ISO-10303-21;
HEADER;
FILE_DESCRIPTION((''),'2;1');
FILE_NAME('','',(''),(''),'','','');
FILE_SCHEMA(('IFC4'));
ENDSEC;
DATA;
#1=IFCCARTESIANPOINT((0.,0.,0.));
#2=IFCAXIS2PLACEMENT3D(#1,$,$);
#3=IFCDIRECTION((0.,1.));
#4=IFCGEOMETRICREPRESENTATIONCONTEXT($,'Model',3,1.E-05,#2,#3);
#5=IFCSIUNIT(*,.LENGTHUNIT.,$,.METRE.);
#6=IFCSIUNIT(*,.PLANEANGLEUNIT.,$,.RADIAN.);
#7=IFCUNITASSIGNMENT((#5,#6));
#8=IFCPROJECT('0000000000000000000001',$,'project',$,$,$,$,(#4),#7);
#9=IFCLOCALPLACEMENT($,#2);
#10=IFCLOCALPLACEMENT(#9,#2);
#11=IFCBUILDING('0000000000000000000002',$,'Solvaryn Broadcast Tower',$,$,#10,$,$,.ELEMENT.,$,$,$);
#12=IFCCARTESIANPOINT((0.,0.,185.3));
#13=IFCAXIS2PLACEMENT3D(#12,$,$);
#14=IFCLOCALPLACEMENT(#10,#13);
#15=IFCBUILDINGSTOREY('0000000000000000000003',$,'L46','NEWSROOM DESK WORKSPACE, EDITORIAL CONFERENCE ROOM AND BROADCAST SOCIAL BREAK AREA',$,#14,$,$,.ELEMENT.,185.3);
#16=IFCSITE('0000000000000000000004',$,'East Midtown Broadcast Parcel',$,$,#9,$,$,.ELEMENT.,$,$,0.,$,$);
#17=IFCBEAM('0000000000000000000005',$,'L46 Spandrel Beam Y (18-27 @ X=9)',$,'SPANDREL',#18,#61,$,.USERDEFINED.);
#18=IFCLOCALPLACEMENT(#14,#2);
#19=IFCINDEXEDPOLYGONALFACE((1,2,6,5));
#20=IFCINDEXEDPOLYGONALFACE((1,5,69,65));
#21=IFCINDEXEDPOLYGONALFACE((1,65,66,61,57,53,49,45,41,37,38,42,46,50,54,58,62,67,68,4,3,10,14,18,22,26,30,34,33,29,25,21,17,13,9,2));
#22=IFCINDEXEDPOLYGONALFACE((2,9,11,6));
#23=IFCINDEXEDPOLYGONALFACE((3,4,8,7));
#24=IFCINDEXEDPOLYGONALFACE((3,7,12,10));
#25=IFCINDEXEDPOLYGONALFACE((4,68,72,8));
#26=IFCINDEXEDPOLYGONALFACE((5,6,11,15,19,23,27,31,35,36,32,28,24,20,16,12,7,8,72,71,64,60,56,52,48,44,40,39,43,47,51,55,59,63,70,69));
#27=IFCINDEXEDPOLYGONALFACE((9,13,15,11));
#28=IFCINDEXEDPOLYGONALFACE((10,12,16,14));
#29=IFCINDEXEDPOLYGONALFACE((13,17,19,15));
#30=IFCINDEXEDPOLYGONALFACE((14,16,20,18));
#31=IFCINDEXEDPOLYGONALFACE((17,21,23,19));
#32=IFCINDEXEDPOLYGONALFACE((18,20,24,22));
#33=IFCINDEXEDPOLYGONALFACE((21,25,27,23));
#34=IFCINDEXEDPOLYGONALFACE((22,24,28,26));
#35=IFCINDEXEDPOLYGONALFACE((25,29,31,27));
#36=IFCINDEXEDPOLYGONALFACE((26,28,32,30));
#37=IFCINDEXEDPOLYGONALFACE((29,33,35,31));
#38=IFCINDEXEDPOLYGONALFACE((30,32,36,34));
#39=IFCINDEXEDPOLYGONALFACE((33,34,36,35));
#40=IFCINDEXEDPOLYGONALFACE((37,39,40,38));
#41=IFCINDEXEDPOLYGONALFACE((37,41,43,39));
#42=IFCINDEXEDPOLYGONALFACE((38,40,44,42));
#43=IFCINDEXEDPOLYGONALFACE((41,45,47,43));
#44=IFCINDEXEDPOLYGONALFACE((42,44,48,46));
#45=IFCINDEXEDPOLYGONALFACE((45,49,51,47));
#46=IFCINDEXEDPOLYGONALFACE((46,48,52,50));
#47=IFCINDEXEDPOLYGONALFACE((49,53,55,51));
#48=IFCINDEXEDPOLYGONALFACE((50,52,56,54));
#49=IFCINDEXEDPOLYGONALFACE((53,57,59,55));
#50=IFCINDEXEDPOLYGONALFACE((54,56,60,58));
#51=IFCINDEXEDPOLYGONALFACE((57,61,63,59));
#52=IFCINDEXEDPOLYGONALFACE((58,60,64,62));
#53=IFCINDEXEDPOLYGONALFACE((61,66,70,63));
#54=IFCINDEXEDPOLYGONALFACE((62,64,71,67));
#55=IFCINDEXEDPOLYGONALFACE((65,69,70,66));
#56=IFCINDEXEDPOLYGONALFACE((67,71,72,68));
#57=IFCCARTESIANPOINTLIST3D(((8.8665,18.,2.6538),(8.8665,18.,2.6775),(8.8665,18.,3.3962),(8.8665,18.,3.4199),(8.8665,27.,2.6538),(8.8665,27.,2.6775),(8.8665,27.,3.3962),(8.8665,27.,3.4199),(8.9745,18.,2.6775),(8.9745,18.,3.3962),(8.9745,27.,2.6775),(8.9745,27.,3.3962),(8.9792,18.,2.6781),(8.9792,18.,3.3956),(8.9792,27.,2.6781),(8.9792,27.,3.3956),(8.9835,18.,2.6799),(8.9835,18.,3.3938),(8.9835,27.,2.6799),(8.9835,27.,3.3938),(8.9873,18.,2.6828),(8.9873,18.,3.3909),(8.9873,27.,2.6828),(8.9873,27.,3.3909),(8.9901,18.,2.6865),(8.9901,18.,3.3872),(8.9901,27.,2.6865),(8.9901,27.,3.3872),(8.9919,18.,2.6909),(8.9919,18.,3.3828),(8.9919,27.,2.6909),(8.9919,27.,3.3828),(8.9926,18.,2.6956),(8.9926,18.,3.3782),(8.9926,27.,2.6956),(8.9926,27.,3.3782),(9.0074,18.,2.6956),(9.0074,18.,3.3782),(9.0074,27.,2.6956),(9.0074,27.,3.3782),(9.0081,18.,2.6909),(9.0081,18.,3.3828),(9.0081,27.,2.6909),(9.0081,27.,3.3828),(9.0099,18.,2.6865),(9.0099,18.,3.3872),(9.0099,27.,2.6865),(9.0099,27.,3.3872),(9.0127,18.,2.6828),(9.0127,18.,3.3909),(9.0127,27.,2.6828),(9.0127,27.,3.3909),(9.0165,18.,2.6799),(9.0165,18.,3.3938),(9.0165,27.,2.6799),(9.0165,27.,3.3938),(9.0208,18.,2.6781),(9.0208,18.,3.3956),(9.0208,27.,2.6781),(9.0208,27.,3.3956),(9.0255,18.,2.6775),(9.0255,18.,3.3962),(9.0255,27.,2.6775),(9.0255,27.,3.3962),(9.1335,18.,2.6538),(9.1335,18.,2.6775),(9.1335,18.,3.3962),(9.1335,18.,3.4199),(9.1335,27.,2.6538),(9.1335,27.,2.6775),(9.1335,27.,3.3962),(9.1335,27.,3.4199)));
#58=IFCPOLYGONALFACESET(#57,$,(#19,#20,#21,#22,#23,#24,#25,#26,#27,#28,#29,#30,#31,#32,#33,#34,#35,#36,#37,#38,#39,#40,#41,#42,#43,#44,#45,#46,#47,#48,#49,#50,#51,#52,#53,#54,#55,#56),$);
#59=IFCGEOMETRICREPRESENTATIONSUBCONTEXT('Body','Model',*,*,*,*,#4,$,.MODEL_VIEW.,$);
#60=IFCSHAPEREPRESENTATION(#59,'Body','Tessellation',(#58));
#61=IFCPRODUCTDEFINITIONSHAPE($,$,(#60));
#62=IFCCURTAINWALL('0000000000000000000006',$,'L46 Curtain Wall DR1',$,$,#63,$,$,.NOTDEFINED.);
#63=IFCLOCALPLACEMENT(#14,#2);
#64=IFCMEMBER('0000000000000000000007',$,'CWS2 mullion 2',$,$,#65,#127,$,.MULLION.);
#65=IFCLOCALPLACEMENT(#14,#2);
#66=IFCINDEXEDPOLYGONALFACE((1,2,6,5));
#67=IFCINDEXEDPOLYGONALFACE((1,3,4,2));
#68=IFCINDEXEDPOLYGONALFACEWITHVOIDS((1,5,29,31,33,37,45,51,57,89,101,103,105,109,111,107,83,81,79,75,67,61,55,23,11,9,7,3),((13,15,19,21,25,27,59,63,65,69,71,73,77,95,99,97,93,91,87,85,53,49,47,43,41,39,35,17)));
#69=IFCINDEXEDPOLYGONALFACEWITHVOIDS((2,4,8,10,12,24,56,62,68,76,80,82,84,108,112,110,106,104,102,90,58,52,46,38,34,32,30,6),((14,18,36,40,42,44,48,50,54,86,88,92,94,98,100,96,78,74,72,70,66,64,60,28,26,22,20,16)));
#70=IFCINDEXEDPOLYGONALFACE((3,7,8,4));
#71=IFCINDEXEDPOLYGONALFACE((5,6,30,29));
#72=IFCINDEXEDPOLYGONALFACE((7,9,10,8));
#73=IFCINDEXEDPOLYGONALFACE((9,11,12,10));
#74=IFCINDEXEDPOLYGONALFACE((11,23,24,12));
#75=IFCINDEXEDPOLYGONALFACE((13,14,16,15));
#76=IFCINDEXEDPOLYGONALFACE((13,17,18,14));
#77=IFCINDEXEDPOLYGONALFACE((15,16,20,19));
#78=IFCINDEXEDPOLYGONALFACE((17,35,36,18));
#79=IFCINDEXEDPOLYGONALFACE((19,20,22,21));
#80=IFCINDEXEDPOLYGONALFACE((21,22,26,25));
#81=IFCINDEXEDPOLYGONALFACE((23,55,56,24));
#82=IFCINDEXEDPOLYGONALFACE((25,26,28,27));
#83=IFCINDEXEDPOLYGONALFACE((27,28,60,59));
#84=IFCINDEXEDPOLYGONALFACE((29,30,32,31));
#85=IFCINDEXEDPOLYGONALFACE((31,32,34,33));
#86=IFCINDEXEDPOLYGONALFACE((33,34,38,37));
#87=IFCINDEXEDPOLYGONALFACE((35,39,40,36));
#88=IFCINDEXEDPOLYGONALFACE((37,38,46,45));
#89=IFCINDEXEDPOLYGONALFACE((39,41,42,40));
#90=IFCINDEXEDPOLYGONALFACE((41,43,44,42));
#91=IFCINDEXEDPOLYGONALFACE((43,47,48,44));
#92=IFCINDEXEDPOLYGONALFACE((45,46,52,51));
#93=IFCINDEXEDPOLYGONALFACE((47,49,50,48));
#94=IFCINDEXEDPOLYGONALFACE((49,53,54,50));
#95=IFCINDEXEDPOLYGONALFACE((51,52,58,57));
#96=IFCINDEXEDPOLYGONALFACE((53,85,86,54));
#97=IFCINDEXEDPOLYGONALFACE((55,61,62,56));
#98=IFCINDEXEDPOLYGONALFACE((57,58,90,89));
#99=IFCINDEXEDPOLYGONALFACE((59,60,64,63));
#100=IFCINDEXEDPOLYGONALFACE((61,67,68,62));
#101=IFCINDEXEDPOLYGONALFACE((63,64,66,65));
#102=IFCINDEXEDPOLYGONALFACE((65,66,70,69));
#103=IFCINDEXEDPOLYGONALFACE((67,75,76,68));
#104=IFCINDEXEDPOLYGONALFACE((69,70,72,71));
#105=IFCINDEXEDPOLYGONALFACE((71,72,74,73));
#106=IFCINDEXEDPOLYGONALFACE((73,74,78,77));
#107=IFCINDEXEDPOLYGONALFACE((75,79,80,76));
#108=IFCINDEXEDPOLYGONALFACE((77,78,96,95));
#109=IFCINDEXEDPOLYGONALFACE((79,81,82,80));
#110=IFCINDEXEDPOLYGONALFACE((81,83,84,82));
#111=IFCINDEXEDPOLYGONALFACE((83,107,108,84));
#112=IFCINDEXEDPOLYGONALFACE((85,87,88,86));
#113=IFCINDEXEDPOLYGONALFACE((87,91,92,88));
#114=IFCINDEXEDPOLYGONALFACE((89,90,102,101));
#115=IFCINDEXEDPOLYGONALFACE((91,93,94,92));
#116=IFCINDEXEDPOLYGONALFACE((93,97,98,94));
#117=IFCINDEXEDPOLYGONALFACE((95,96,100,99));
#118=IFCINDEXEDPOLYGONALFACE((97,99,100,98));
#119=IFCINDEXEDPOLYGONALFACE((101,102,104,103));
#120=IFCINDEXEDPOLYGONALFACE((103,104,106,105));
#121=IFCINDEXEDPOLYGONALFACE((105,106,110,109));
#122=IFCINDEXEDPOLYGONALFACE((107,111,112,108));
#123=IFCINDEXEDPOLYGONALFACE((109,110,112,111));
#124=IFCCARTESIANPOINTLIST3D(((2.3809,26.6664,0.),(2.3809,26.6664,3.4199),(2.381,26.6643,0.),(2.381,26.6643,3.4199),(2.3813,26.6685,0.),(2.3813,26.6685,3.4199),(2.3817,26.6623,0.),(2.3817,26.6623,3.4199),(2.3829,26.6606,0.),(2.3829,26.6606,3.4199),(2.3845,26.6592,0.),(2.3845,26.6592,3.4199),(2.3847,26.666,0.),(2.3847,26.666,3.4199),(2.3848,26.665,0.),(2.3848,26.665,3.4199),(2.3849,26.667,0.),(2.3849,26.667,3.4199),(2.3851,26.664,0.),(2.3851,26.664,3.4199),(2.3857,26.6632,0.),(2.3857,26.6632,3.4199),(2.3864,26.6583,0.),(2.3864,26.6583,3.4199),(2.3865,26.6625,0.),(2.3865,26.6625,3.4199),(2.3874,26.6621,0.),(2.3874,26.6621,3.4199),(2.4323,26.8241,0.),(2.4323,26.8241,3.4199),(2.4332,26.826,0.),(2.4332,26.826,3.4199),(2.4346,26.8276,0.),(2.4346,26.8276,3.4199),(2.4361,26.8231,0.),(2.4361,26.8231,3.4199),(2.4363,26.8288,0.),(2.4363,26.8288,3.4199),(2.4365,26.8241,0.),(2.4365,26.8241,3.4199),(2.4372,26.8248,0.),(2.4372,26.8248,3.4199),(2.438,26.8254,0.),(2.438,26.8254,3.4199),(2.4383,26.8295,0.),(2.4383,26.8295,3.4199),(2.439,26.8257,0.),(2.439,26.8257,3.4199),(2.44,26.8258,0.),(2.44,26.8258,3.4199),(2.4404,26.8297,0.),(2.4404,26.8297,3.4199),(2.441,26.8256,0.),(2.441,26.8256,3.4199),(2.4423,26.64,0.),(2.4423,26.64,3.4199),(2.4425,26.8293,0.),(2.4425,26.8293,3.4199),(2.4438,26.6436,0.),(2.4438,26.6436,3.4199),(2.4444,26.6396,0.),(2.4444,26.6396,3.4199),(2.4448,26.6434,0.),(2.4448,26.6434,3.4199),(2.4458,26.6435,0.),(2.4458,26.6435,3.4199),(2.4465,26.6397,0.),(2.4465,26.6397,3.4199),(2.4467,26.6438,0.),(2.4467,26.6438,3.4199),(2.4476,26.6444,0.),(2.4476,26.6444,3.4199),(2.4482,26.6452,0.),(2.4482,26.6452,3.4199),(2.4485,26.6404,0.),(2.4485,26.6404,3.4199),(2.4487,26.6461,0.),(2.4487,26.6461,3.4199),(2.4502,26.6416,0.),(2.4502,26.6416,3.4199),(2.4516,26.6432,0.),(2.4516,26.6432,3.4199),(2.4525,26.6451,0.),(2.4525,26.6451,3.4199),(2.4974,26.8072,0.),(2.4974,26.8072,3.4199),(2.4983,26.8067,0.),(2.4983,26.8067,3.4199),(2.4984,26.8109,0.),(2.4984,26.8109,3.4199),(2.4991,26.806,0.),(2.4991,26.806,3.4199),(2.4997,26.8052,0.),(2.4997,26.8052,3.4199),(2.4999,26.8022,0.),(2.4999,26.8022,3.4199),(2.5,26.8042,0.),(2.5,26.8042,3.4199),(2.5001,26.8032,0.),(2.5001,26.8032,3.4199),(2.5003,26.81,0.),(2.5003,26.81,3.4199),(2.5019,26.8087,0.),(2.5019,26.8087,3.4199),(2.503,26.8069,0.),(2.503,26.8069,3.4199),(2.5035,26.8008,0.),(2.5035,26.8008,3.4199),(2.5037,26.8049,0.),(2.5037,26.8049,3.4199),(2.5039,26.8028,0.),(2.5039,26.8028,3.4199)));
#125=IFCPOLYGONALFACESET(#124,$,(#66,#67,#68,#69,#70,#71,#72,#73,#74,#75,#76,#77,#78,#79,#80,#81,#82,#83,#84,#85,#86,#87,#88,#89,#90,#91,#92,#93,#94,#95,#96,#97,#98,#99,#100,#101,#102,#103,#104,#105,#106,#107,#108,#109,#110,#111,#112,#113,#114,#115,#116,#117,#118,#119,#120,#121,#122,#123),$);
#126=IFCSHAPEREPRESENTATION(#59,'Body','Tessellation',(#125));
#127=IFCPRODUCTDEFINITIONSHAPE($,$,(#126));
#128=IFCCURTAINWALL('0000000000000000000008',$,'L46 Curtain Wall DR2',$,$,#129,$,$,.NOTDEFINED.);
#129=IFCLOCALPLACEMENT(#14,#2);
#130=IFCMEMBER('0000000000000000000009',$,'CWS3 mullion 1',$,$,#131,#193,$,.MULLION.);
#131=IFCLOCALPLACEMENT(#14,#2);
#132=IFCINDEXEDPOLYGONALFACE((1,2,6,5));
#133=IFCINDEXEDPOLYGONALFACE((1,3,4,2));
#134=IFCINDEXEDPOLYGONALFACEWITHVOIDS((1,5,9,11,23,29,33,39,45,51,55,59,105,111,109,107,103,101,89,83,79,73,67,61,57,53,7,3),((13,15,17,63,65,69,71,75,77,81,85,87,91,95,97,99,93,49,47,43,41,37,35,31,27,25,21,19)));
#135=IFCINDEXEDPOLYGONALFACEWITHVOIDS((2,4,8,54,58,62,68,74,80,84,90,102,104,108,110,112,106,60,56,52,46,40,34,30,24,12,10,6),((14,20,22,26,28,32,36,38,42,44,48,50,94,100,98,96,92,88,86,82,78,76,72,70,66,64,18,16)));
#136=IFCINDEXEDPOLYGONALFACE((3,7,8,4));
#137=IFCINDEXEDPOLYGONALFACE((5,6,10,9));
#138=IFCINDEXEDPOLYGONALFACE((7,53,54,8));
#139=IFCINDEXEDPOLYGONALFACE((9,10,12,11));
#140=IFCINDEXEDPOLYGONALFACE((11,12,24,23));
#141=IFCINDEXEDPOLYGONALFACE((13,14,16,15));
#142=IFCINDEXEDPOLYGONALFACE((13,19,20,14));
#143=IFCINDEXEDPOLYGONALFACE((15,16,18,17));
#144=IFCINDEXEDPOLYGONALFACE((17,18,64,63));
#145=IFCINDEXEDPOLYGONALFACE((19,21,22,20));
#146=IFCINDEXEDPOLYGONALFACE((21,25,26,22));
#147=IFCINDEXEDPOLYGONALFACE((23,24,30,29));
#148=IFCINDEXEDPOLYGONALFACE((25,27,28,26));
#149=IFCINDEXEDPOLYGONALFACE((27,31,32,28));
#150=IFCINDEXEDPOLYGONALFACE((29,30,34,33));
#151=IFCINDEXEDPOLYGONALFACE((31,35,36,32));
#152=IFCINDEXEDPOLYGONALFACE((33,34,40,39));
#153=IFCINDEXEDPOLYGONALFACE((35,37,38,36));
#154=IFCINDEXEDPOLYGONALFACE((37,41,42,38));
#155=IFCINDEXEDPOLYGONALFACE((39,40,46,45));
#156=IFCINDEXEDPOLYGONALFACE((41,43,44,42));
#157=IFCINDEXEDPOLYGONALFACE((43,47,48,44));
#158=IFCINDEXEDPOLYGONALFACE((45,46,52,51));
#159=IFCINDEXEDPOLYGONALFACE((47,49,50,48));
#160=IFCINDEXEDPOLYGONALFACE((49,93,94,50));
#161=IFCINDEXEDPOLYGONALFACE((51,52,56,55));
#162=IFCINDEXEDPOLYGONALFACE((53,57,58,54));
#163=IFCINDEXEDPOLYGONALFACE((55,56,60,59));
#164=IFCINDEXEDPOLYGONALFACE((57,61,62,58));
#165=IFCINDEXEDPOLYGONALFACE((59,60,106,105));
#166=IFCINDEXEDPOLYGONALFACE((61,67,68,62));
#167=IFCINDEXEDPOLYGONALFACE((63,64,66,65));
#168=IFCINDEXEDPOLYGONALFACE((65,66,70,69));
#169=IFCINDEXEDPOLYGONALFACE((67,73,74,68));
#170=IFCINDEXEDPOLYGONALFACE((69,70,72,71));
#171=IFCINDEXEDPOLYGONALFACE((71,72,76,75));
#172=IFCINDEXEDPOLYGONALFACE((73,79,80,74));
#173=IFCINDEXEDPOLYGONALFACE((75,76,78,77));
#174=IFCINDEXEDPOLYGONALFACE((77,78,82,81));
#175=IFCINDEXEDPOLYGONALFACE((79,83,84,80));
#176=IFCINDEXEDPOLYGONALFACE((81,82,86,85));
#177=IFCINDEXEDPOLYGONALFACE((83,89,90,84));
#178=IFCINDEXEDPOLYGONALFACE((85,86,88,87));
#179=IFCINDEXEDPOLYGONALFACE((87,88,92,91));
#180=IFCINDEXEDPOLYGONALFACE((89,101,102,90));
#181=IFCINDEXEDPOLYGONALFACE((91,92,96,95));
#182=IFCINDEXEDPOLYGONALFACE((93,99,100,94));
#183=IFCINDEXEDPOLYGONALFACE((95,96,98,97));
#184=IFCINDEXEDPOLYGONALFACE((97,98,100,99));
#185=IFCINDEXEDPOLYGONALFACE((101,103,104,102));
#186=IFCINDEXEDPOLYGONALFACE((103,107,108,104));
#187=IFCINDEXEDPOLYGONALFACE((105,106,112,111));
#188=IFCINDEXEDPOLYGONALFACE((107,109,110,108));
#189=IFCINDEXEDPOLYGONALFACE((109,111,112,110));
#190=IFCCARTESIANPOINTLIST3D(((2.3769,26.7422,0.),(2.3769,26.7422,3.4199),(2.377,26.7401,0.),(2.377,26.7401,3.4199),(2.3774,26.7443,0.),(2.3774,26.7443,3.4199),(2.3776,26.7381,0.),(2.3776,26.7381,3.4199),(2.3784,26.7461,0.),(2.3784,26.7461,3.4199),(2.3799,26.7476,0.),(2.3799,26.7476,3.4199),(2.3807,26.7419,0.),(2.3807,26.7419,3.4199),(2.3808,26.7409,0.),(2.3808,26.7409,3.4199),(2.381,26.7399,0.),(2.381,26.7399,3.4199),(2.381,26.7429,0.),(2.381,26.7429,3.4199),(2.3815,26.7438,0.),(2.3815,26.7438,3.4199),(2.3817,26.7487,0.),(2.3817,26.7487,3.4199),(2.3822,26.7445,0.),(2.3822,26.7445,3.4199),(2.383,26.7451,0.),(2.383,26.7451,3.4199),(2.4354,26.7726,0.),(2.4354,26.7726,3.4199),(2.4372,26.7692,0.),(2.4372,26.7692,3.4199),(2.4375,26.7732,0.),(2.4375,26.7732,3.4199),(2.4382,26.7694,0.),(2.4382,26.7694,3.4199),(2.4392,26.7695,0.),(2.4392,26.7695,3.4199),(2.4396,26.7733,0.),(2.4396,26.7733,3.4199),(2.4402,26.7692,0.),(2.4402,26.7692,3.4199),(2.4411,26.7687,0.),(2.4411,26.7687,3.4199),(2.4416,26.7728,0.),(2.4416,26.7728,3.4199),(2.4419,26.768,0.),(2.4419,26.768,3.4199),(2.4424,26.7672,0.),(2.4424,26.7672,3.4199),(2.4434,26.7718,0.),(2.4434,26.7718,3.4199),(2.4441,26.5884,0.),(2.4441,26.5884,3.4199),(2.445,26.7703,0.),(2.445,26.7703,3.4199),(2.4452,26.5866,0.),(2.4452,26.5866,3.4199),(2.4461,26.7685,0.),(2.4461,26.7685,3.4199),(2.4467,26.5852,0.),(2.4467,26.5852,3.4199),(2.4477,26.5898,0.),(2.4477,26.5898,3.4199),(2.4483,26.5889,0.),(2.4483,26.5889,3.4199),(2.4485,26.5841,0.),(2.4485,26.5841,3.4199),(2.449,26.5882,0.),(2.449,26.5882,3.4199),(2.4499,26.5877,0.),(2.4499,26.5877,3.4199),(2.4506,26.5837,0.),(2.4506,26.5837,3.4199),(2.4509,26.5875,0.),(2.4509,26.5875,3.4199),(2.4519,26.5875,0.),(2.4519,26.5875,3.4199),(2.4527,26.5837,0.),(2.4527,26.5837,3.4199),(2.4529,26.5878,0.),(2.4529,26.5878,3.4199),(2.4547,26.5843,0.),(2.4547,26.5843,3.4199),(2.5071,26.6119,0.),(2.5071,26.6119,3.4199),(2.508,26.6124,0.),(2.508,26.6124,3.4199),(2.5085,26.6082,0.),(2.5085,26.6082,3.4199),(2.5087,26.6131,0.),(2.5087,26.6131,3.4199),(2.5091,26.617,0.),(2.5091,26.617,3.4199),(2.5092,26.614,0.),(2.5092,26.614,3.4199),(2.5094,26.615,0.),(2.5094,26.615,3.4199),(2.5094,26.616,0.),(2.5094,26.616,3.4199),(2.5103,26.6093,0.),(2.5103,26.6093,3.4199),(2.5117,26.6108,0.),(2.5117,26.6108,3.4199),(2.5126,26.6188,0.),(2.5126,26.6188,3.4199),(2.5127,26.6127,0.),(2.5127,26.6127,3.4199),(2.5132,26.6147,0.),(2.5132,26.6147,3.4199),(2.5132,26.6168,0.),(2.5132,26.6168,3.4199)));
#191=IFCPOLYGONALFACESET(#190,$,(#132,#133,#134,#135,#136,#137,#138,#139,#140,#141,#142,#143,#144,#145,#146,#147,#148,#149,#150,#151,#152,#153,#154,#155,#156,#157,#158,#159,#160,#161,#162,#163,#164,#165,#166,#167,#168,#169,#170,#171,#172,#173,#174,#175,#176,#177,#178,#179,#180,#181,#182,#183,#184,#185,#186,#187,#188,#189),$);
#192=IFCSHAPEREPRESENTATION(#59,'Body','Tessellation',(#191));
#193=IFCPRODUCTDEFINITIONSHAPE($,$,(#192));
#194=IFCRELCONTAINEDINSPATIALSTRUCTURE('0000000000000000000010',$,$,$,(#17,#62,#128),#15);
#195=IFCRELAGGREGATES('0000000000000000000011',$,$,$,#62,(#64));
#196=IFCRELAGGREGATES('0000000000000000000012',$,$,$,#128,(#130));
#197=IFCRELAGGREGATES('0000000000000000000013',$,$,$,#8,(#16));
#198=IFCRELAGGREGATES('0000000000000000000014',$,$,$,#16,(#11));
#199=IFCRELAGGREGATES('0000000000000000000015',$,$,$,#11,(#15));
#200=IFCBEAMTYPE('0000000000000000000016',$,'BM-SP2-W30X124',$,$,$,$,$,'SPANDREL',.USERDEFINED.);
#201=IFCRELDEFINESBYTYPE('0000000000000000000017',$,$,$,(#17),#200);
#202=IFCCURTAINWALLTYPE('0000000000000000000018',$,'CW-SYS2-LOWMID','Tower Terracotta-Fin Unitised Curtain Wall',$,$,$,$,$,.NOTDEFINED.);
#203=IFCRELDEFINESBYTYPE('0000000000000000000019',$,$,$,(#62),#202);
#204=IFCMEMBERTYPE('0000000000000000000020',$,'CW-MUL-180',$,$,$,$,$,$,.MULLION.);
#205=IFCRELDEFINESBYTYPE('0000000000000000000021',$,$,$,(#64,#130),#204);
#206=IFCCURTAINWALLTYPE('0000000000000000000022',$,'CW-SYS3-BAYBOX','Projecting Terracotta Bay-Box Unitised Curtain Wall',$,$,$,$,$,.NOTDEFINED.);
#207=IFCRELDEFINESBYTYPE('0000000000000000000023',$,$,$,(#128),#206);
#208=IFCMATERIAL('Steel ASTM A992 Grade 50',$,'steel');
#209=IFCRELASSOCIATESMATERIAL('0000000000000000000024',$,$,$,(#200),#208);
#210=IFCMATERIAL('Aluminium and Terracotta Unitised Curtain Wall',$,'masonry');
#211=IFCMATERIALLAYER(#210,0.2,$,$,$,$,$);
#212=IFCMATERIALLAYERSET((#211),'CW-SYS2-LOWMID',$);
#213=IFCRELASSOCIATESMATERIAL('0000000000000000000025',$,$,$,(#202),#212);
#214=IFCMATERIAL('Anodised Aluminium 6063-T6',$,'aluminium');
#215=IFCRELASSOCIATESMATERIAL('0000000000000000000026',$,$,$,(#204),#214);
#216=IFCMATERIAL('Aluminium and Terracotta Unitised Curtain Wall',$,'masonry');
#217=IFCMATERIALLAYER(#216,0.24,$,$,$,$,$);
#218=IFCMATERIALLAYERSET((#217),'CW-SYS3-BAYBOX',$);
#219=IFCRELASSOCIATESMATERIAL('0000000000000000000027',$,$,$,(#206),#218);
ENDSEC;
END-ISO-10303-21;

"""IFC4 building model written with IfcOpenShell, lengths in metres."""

from ifc_helpers import new_model, si_unit, direction, frame, origin, origin_2d, place, context, subcontext, project, spatial, hollow_rectangle, i_section, extrude, material, layer, layer_set, material_profile, profile_set, type_object, element, aggregate, save


model = new_model("IFC4")

# Units and contexts
model_context = context("Model", 3, precision=1e-05, world=origin(), true_north=direction((0.0, 1.0)))
body_context = subcontext(model_context, "Body", "Model", "MODEL_VIEW")
ifc_project = project(units=[si_unit("LENGTHUNIT", "METRE"), si_unit("PLANEANGLEUNIT", "RADIAN")], contexts=[model_context])

# Site, building, storey
site_placement = place(None, origin())
site = spatial("IfcSite", under=ifc_project, at=site_placement, Name="East Midtown Broadcast Parcel", CompositionType="ELEMENT", RefElevation=0.0)
building_placement = place(site_placement, origin())
building = spatial("IfcBuilding", under=site, at=building_placement, Name="Solvaryn Broadcast Tower", CompositionType="ELEMENT")
storey_placement = place(building_placement, frame((0.0, 0.0, 185.3)))
storey = spatial("IfcBuildingStorey", under=building, at=storey_placement, Name="L46", Description="NEWSROOM DESK WORKSPACE, EDITORIAL CONFERENCE ROOM AND BROADCAST SOCIAL BREAK AREA", CompositionType="ELEMENT", Elevation=185.3)

# Beam
ifc_material_1 = material(Name="Steel ASTM A992 Grade 50", Category="steel")
ifc_material_profile_1 = material_profile(ifc_material_1, i_section(OverallWidth=0.2671, OverallDepth=0.7661, WebThickness=0.0149, FlangeThickness=0.0237, FilletRadius=0.0181, at=origin_2d()))
ifc_profile_set_1 = profile_set([ifc_material_profile_1], Name="Steel ASTM A992 Grade 50")
beam_type_1 = type_object("IfcBeamType", Name="BM-SP2-W30X124", ElementType="SPANDREL", PredefinedType="USERDEFINED", material=ifc_profile_set_1)
beam_placement = place(storey_placement, frame((9.0, 18.0, 3.0369), z_axis=(0.0, 1.0, 0.0), x_axis=(-1.0, 0.0, 0.0)))
element("IfcBeam", 1, at=beam_placement, inside=storey, type_object=beam_type_1, Name="L46 Spandrel Beam Y (18-27 @ X=9)", ObjectType="SPANDREL", PredefinedType="USERDEFINED", context=body_context, shape_type="SweptSolid", body=[
    extrude(i_section(OverallWidth=0.2671, OverallDepth=0.7661, WebThickness=0.0149, FlangeThickness=0.0237, FilletRadius=0.0181, at=origin_2d()), origin(), (0.0, 0.0, 1.0), 9.0),
])

# Curtain wall, member
ifc_material_2 = material(Name="Aluminium and Terracotta Unitised Curtain Wall", Category="masonry")
ifc_layer_1 = layer(ifc_material_2, 0.2)
ifc_layer_set_1 = layer_set([ifc_layer_1], Name="CW-SYS2-LOWMID")
curtain_wall_type_1 = type_object("IfcCurtainWallType", Name="CW-SYS2-LOWMID", Description="Tower Terracotta-Fin Unitised Curtain Wall", PredefinedType="NOTDEFINED", material=ifc_layer_set_1)
curtain_wall_1_placement = place(storey_placement, origin())
curtain_wall_1 = element("IfcCurtainWall", 2, at=curtain_wall_1_placement, inside=storey, type_object=curtain_wall_type_1, Name="L46 Curtain Wall DR1", PredefinedType="NOTDEFINED")
ifc_material_3 = material(Name="Anodised Aluminium 6063-T6", Category="aluminium")
ifc_material_profile_2 = material_profile(ifc_material_3, hollow_rectangle(XDim=0.075, YDim=0.1799, WallThickness=0.0039, InnerFilletRadius=0.0039, OuterFilletRadius=0.0081, at=origin_2d()))
ifc_profile_set_2 = profile_set([ifc_material_profile_2], Name="Anodised Aluminium 6063-T6")
member_type_1 = type_object("IfcMemberType", Name="CW-MUL-180", PredefinedType="MULLION", material=ifc_profile_set_2)
member_1_placement = place(storey_placement, frame((2.4424, 26.7346, 0.0), z_axis=(0.0, 0.0, 1.0), x_axis=(0.950227, -0.311559, 0.0)))
member_1 = element("IfcMember", 3, at=member_1_placement, type_object=member_type_1, Name="CWS2 mullion 2", PredefinedType="MULLION", context=body_context, shape_type="SweptSolid", body=[
    extrude(hollow_rectangle(XDim=0.075, YDim=0.1799, WallThickness=0.0039, InnerFilletRadius=0.0039, OuterFilletRadius=0.0081, at=origin_2d()), origin(), (0.0, 0.0, 1.0), 3.4199),
])
aggregate(curtain_wall_1, [member_1])

# Curtain wall, member
ifc_material_4 = material(Name="Aluminium and Terracotta Unitised Curtain Wall", Category="masonry")
ifc_layer_2 = layer(ifc_material_4, 0.24)
ifc_layer_set_2 = layer_set([ifc_layer_2], Name="CW-SYS3-BAYBOX")
curtain_wall_type_2 = type_object("IfcCurtainWallType", Name="CW-SYS3-BAYBOX", Description="Projecting Terracotta Bay-Box Unitised Curtain Wall", PredefinedType="NOTDEFINED", material=ifc_layer_set_2)
curtain_wall_2_placement = place(storey_placement, origin())
curtain_wall_2 = element("IfcCurtainWall", 4, at=curtain_wall_2_placement, inside=storey, type_object=curtain_wall_type_2, Name="L46 Curtain Wall DR2", PredefinedType="NOTDEFINED")
member_2_placement = place(storey_placement, frame((2.4451, 26.6785, 0.0), z_axis=(0.0, 0.0, 1.0), x_axis=(0.913917, 0.405901, 0.0)))
member_2 = element("IfcMember", 5, at=member_2_placement, type_object=member_type_1, Name="CWS3 mullion 1", PredefinedType="MULLION", context=body_context, shape_type="SweptSolid", body=[
    extrude(hollow_rectangle(XDim=0.075, YDim=0.1799, WallThickness=0.0039, InnerFilletRadius=0.0039, OuterFilletRadius=0.0081, at=origin_2d()), origin(), (0.0, 0.0, 1.0), 3.4199),
])
aggregate(curtain_wall_2, [member_2])

save(model, "model.ifc")
